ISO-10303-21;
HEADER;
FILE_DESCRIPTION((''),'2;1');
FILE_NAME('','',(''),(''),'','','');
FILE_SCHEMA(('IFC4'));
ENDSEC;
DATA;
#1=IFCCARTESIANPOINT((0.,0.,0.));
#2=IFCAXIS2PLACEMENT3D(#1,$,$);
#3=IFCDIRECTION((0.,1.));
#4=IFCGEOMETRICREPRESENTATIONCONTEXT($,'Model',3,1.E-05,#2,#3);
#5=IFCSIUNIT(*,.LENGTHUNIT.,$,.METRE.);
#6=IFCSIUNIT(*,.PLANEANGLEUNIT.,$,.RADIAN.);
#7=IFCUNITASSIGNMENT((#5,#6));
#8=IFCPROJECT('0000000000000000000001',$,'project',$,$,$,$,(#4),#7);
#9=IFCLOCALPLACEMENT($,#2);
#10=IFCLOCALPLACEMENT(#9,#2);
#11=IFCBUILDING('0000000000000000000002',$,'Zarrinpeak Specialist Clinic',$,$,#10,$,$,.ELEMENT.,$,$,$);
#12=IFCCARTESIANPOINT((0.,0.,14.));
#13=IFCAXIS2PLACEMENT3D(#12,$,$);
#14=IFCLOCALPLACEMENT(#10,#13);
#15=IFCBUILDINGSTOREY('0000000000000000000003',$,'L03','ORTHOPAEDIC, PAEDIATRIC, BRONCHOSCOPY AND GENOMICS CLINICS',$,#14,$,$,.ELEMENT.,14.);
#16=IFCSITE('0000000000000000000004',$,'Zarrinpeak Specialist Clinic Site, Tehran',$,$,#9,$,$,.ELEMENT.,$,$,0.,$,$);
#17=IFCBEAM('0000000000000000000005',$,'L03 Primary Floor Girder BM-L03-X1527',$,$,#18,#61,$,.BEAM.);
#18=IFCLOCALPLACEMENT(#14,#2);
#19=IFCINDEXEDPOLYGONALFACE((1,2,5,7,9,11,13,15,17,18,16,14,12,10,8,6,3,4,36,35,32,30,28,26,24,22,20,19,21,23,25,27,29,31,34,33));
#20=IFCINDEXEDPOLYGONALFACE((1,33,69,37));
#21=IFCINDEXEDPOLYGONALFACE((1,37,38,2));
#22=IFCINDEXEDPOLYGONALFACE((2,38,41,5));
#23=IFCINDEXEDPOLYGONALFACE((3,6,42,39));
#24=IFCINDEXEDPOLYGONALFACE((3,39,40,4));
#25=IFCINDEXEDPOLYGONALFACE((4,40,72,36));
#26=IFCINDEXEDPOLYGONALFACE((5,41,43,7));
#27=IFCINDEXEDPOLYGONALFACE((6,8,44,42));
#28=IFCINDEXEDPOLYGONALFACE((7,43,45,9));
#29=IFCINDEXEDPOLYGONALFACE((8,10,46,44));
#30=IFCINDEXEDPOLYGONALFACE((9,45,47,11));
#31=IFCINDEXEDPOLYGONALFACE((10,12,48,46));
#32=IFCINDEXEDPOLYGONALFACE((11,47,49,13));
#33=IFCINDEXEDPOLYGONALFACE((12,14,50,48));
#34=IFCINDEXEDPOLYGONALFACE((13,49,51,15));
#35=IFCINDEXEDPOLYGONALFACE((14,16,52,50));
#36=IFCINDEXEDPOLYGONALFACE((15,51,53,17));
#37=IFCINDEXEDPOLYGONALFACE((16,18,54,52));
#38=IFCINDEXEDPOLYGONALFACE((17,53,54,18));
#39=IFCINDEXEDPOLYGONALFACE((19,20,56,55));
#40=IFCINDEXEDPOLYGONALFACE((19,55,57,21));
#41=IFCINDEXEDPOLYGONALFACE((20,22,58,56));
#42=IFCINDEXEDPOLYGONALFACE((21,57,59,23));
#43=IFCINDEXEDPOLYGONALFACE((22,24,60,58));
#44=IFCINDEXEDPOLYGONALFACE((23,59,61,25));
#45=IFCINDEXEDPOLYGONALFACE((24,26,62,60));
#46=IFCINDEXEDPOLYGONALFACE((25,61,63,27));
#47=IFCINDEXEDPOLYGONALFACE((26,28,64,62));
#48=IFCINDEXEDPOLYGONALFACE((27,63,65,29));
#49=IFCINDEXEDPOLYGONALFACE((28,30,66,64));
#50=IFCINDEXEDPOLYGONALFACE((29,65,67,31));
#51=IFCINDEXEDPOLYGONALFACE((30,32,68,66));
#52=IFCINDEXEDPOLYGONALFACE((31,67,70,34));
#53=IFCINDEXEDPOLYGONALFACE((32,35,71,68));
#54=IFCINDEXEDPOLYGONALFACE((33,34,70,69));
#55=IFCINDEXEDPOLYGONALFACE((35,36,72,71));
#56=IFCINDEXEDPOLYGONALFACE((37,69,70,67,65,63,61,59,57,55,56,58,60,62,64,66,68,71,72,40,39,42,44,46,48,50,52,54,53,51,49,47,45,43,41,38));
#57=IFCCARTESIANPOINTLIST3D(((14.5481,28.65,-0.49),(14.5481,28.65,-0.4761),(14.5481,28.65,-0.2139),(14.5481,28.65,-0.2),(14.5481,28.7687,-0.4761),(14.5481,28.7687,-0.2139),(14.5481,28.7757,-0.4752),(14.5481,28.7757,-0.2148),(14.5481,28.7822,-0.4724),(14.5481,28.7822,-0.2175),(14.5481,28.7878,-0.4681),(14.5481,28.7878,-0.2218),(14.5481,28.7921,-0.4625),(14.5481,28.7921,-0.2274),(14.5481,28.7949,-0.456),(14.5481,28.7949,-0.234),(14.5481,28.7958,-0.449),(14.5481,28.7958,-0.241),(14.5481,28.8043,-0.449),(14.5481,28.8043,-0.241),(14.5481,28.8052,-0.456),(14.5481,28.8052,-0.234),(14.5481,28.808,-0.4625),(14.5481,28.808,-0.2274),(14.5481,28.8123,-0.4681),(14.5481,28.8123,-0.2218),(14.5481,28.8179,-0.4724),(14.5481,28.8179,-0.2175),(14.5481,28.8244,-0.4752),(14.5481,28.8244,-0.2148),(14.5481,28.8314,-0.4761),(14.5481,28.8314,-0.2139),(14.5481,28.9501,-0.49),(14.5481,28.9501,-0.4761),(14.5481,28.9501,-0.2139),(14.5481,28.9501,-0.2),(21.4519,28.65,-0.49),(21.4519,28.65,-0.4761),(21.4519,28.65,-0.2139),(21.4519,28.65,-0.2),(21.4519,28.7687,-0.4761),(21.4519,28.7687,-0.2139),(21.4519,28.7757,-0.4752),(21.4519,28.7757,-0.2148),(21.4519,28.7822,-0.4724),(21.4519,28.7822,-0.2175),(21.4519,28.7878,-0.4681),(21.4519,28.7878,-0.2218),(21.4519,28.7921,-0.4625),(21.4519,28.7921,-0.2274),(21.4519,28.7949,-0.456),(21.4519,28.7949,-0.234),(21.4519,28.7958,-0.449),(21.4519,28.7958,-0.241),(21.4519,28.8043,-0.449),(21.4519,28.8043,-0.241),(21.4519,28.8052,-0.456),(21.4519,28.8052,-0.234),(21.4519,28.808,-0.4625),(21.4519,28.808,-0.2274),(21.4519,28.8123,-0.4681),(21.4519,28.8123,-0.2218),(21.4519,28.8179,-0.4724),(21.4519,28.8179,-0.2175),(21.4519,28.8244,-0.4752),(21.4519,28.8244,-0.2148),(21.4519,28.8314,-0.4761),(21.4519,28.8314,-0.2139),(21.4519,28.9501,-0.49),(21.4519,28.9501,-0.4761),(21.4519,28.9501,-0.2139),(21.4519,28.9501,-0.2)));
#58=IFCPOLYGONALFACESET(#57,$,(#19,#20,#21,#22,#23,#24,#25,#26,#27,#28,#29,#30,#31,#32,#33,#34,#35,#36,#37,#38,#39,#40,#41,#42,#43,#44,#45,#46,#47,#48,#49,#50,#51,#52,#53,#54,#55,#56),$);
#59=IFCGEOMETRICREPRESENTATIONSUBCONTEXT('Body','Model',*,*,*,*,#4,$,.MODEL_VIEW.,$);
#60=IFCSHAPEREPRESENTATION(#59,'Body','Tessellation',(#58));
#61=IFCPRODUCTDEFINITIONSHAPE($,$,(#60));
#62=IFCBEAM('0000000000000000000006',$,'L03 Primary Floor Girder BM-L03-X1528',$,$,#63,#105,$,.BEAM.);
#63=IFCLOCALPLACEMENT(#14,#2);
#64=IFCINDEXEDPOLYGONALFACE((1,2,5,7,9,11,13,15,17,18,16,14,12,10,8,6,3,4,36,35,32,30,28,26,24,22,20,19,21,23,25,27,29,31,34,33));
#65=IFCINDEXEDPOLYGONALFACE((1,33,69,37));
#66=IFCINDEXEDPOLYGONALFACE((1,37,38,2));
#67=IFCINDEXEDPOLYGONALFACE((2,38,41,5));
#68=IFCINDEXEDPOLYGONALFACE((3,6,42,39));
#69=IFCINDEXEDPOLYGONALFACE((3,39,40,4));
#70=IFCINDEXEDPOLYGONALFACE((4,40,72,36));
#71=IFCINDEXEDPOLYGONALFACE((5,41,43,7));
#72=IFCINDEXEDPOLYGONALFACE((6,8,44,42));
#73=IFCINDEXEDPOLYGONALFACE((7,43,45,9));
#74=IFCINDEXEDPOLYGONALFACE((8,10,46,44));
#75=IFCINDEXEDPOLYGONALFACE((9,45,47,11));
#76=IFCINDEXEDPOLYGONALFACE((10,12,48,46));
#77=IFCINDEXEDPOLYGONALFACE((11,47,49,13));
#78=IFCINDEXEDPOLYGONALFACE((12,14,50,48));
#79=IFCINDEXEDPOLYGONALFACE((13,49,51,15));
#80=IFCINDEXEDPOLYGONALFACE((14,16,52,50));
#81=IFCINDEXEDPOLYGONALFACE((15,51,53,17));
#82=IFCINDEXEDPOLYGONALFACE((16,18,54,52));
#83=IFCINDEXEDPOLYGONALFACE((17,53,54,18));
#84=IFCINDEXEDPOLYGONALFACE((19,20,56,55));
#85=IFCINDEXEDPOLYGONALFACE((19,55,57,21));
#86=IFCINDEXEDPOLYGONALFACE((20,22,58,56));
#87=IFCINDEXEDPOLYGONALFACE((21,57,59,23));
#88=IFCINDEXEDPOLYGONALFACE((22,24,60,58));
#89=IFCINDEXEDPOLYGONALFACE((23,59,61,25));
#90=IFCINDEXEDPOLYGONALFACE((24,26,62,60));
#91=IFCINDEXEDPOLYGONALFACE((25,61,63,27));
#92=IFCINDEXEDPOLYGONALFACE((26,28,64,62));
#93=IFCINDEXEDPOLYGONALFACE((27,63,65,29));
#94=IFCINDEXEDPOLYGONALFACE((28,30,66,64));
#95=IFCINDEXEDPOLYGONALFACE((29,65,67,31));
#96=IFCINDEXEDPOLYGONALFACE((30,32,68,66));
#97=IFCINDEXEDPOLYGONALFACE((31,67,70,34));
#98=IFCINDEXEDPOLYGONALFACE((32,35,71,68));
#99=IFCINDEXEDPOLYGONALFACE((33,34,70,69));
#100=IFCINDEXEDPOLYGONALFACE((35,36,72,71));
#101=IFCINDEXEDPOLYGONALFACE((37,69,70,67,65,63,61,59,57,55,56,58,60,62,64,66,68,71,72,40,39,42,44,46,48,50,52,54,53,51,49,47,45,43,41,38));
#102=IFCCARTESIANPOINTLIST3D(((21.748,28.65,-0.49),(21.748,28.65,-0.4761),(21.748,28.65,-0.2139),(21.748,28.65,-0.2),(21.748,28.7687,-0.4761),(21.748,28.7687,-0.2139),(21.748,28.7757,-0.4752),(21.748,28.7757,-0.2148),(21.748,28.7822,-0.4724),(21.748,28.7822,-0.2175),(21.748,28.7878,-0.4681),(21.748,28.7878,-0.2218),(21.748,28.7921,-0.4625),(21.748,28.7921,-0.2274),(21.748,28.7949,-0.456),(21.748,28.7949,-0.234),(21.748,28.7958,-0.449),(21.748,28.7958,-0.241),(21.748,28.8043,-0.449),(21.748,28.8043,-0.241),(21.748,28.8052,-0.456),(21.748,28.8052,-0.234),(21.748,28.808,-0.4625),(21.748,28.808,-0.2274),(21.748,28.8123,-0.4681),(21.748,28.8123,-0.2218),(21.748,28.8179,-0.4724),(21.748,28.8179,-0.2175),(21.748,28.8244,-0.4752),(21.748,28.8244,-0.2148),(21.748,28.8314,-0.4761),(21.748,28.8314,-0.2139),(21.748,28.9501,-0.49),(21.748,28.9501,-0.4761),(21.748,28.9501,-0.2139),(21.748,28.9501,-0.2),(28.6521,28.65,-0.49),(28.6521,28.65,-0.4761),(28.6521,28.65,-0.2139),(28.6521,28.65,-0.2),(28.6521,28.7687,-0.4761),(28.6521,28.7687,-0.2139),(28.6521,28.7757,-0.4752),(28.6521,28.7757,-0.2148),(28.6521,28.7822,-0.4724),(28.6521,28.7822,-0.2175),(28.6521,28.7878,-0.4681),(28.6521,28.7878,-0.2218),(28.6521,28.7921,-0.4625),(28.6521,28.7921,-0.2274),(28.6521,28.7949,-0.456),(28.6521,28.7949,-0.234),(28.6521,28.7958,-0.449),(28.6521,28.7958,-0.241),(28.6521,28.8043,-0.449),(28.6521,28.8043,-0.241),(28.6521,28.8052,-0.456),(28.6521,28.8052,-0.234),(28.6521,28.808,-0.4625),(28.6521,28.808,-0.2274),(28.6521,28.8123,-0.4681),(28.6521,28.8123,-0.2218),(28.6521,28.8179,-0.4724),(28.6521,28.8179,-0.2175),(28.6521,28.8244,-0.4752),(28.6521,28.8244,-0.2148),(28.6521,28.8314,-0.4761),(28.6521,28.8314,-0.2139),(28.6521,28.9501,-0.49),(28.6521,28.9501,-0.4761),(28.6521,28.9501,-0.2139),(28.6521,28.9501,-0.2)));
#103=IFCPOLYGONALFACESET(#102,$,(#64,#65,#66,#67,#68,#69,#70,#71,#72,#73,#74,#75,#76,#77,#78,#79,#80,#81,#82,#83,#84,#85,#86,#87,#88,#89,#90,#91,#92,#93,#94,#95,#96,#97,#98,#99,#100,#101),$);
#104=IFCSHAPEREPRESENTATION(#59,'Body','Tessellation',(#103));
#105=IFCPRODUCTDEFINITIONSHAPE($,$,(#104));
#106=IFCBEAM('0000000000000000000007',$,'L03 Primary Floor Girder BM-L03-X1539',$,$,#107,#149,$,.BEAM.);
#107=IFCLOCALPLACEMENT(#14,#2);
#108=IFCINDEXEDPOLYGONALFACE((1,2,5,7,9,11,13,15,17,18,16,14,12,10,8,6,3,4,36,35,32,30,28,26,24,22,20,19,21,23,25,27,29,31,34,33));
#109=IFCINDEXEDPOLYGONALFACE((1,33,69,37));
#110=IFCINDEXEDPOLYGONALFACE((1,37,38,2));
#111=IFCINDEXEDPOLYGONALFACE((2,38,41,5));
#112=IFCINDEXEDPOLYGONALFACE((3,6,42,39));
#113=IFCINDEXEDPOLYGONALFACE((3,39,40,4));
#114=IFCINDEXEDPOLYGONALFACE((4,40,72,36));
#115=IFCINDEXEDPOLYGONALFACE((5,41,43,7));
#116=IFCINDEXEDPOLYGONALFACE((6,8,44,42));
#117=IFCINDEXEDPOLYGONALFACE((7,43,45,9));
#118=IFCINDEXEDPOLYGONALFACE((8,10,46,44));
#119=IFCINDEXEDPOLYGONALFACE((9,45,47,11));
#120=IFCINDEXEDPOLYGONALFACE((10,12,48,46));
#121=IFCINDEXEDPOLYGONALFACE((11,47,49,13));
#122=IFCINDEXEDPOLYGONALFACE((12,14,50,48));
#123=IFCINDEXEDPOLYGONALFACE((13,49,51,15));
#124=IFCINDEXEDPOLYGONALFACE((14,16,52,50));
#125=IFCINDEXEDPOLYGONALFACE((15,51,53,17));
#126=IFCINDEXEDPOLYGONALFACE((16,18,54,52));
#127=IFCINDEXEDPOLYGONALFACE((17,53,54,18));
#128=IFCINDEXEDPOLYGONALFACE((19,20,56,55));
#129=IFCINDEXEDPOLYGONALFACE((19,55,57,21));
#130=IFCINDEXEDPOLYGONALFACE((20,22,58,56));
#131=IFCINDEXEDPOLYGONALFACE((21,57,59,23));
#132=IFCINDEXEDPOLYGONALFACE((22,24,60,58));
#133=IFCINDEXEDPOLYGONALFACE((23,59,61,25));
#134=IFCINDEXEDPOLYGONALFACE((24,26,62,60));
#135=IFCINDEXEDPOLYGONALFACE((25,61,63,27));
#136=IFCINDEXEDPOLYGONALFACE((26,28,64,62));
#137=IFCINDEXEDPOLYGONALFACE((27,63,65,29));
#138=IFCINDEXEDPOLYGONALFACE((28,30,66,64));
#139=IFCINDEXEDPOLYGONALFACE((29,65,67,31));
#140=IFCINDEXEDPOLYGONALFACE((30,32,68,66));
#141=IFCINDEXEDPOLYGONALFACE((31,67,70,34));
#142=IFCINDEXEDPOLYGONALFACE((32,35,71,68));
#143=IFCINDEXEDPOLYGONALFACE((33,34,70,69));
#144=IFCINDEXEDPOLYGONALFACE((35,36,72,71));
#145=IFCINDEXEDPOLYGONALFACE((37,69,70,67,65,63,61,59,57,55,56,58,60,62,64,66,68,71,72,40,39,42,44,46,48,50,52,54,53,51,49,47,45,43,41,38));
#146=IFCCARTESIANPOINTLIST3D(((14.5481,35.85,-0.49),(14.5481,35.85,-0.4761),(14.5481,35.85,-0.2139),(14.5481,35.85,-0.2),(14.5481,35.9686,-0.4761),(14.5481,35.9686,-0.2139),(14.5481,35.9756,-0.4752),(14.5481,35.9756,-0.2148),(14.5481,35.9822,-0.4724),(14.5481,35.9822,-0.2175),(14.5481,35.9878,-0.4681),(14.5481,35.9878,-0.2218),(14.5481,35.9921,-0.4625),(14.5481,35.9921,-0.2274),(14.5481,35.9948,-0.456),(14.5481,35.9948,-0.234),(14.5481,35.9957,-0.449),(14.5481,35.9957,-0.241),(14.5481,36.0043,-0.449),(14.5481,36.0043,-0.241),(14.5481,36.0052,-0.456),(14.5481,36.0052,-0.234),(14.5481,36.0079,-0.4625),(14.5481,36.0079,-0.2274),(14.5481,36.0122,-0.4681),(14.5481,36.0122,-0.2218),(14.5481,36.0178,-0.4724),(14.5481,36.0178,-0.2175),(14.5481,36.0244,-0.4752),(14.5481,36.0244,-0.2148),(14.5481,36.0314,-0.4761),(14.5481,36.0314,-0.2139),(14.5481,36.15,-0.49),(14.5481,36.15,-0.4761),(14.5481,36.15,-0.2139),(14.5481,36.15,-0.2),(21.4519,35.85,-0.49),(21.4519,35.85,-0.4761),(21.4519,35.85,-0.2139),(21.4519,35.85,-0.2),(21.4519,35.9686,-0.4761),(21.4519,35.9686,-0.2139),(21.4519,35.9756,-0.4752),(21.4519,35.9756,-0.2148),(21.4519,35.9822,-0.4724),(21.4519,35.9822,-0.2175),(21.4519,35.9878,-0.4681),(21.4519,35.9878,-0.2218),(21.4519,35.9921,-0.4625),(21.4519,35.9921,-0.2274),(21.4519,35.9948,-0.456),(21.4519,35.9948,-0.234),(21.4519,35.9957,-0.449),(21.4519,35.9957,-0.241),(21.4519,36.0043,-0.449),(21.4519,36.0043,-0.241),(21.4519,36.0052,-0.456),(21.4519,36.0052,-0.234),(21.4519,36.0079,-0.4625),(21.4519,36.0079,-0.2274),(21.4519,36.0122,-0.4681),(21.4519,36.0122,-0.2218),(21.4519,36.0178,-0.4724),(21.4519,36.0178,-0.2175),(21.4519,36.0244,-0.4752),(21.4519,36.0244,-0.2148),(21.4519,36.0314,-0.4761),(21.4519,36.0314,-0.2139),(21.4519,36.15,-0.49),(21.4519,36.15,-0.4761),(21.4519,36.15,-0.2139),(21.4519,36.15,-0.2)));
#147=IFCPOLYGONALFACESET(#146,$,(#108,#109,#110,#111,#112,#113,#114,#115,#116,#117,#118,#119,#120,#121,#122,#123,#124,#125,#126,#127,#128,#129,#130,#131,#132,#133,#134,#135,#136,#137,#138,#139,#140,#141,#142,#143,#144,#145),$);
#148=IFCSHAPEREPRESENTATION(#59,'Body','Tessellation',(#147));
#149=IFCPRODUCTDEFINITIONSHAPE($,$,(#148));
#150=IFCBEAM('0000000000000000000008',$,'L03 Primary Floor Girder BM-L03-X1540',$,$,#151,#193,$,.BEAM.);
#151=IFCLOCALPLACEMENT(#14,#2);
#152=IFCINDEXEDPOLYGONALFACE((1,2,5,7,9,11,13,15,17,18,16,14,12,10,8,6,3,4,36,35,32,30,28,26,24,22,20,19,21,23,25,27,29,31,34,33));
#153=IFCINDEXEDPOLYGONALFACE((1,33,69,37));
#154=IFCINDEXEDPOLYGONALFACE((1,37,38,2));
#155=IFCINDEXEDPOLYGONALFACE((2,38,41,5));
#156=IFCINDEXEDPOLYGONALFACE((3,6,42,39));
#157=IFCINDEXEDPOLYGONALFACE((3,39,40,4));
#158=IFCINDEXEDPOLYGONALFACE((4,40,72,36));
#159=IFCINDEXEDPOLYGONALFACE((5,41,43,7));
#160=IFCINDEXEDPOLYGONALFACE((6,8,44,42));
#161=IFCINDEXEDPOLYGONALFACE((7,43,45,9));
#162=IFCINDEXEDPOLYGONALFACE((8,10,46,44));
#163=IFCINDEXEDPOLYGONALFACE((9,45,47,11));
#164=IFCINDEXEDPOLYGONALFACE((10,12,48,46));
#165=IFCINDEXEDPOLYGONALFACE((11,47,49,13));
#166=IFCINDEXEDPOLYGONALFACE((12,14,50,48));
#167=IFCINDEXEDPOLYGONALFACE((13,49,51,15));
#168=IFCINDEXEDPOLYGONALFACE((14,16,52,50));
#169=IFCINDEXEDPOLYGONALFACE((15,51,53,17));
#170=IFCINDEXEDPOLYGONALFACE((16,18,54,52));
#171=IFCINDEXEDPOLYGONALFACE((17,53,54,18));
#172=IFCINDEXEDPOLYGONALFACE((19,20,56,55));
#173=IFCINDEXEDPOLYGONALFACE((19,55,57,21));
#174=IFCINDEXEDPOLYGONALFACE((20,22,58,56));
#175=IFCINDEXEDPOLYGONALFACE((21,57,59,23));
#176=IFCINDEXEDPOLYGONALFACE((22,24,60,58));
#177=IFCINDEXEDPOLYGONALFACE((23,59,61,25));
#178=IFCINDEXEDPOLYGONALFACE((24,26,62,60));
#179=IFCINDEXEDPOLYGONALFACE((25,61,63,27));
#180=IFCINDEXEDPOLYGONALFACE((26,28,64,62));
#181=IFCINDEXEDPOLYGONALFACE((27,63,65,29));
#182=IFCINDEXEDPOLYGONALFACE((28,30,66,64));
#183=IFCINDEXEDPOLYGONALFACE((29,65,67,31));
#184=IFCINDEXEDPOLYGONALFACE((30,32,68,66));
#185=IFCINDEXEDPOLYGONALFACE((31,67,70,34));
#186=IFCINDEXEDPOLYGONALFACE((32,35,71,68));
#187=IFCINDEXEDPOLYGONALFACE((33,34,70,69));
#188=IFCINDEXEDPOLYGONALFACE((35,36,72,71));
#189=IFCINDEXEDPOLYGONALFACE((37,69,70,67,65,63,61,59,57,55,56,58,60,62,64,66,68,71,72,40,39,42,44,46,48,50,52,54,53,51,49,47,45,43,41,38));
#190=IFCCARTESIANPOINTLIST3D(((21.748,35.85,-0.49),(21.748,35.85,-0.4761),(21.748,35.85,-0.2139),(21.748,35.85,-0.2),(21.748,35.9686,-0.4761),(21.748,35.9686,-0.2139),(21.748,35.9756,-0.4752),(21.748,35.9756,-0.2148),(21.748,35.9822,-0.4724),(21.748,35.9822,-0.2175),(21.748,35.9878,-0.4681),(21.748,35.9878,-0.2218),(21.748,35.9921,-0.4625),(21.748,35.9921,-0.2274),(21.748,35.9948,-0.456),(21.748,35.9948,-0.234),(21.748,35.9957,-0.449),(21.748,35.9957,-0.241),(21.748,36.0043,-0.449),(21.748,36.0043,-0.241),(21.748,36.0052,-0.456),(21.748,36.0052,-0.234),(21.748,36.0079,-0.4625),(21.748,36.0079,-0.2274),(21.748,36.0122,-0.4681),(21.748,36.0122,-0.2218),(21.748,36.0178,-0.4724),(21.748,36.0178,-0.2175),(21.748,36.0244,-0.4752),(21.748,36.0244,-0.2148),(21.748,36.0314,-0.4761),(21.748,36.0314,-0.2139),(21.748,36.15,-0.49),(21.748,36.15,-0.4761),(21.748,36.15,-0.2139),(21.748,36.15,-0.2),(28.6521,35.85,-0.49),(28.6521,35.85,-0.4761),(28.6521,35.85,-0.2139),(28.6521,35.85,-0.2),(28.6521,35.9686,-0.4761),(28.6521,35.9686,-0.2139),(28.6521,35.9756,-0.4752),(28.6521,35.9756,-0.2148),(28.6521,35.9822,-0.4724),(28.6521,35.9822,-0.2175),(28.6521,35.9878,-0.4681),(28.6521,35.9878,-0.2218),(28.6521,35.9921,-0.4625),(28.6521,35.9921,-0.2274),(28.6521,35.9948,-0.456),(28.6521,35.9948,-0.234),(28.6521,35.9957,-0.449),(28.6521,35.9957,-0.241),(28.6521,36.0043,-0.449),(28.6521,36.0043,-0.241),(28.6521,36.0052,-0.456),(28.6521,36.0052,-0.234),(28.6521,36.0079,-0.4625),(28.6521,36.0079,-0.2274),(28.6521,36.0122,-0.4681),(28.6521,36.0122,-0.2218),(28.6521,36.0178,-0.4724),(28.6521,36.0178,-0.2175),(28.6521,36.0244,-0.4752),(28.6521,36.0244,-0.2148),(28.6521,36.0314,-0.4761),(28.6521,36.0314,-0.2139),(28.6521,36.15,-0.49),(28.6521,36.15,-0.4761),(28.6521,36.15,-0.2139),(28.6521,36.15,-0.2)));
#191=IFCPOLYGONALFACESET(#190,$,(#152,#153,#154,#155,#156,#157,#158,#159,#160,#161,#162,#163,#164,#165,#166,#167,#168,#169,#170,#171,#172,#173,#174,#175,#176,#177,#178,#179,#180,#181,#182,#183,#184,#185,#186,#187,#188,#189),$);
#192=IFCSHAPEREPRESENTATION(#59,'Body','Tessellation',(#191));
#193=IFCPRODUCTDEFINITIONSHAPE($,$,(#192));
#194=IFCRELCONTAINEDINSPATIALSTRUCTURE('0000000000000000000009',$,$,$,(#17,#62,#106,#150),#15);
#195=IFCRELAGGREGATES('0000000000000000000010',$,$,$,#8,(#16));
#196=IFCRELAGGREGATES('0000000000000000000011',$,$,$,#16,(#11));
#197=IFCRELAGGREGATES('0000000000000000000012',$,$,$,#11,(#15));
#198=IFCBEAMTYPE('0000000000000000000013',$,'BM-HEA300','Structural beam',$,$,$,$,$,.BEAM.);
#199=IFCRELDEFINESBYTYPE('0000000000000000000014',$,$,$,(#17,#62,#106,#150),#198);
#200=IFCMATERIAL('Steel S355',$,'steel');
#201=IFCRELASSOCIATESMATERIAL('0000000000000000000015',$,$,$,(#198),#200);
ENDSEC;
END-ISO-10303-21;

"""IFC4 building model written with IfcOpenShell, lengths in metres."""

from ifc_helpers import new_model, si_unit, direction, frame, origin, origin_2d, place, context, subcontext, project, spatial, i_section, extrude, material, material_profile, profile_set, type_object, element, save


model = new_model("IFC4")

# Units and contexts
model_context = context("Model", 3, precision=1e-05, world=origin(), true_north=direction((0.0, 1.0)))
body_context = subcontext(model_context, "Body", "Model", "MODEL_VIEW")
ifc_project = project(units=[si_unit("LENGTHUNIT", "METRE"), si_unit("PLANEANGLEUNIT", "RADIAN")], contexts=[model_context])

# Site, building, storey
site_placement = place(None, origin())
site = spatial("IfcSite", under=ifc_project, at=site_placement, Name="Zarrinpeak Specialist Clinic Site, Tehran", CompositionType="ELEMENT", RefElevation=0.0)
building_placement = place(site_placement, origin())
building = spatial("IfcBuilding", under=site, at=building_placement, Name="Zarrinpeak Specialist Clinic", CompositionType="ELEMENT")
storey_placement = place(building_placement, frame((0.0, 0.0, 14.0)))
storey = spatial("IfcBuildingStorey", under=building, at=storey_placement, Name="L03", Description="ORTHOPAEDIC, PAEDIATRIC, BRONCHOSCOPY AND GENOMICS CLINICS", CompositionType="ELEMENT", Elevation=14.0)

# Shared definitions
ifc_material_1 = material(Name="Steel S355", Category="steel")

# Beams
ifc_material_profile_1 = material_profile(ifc_material_1, i_section(OverallWidth=0.3, OverallDepth=0.29, WebThickness=0.0085, FlangeThickness=0.0139, FilletRadius=0.0271, at=origin_2d()), Name="HEA 300")
ifc_profile_set_1 = profile_set([ifc_material_profile_1], Name="Steel S355")
beam_type_1 = type_object("IfcBeamType", Name="BM-HEA300", Description="Structural beam", PredefinedType="BEAM", material=ifc_profile_set_1)
beam_1_placement = place(storey_placement, frame((14.5481, 28.8, -0.345), z_axis=(1.0, 0.0, 0.0), x_axis=(0.0, 1.0, 0.0)))
element("IfcBeam", 1, at=beam_1_placement, inside=storey, type_object=beam_type_1, Name="L03 Primary Floor Girder BM-L03-X1527", PredefinedType="BEAM", context=body_context, shape_type="SweptSolid", body=[
    extrude(i_section(OverallWidth=0.3, OverallDepth=0.29, WebThickness=0.0085, FlangeThickness=0.0139, FilletRadius=0.0271, at=origin_2d()), origin(), (0.0, 0.0, 1.0), 6.9038),
])
beam_2_placement = place(storey_placement, frame((21.748, 28.8, -0.345), z_axis=(1.0, 0.0, 0.0), x_axis=(0.0, 1.0, 0.0)))
element("IfcBeam", 2, at=beam_2_placement, inside=storey, type_object=beam_type_1, Name="L03 Primary Floor Girder BM-L03-X1528", PredefinedType="BEAM", context=body_context, shape_type="SweptSolid", body=[
    extrude(i_section(OverallWidth=0.3, OverallDepth=0.29, WebThickness=0.0085, FlangeThickness=0.0139, FilletRadius=0.0271, at=origin_2d()), origin(), (0.0, 0.0, 1.0), 6.9041),
])
beam_3_placement = place(storey_placement, frame((14.5481, 36.0, -0.345), z_axis=(1.0, 0.0, 0.0), x_axis=(0.0, 1.0, 0.0)))
element("IfcBeam", 3, at=beam_3_placement, inside=storey, type_object=beam_type_1, Name="L03 Primary Floor Girder BM-L03-X1539", PredefinedType="BEAM", context=body_context, shape_type="SweptSolid", body=[
    extrude(i_section(OverallWidth=0.3, OverallDepth=0.29, WebThickness=0.0085, FlangeThickness=0.0139, FilletRadius=0.0271, at=origin_2d()), origin(), (0.0, 0.0, 1.0), 6.9038),
])
beam_4_placement = place(storey_placement, frame((21.748, 36.0, -0.345), z_axis=(1.0, 0.0, 0.0), x_axis=(0.0, 1.0, 0.0)))
element("IfcBeam", 4, at=beam_4_placement, inside=storey, type_object=beam_type_1, Name="L03 Primary Floor Girder BM-L03-X1540", PredefinedType="BEAM", context=body_context, shape_type="SweptSolid", body=[
    extrude(i_section(OverallWidth=0.3, OverallDepth=0.29, WebThickness=0.0085, FlangeThickness=0.0139, FilletRadius=0.0271, at=origin_2d()), origin(), (0.0, 0.0, 1.0), 6.9041),
])

save(model, "model.ifc")
